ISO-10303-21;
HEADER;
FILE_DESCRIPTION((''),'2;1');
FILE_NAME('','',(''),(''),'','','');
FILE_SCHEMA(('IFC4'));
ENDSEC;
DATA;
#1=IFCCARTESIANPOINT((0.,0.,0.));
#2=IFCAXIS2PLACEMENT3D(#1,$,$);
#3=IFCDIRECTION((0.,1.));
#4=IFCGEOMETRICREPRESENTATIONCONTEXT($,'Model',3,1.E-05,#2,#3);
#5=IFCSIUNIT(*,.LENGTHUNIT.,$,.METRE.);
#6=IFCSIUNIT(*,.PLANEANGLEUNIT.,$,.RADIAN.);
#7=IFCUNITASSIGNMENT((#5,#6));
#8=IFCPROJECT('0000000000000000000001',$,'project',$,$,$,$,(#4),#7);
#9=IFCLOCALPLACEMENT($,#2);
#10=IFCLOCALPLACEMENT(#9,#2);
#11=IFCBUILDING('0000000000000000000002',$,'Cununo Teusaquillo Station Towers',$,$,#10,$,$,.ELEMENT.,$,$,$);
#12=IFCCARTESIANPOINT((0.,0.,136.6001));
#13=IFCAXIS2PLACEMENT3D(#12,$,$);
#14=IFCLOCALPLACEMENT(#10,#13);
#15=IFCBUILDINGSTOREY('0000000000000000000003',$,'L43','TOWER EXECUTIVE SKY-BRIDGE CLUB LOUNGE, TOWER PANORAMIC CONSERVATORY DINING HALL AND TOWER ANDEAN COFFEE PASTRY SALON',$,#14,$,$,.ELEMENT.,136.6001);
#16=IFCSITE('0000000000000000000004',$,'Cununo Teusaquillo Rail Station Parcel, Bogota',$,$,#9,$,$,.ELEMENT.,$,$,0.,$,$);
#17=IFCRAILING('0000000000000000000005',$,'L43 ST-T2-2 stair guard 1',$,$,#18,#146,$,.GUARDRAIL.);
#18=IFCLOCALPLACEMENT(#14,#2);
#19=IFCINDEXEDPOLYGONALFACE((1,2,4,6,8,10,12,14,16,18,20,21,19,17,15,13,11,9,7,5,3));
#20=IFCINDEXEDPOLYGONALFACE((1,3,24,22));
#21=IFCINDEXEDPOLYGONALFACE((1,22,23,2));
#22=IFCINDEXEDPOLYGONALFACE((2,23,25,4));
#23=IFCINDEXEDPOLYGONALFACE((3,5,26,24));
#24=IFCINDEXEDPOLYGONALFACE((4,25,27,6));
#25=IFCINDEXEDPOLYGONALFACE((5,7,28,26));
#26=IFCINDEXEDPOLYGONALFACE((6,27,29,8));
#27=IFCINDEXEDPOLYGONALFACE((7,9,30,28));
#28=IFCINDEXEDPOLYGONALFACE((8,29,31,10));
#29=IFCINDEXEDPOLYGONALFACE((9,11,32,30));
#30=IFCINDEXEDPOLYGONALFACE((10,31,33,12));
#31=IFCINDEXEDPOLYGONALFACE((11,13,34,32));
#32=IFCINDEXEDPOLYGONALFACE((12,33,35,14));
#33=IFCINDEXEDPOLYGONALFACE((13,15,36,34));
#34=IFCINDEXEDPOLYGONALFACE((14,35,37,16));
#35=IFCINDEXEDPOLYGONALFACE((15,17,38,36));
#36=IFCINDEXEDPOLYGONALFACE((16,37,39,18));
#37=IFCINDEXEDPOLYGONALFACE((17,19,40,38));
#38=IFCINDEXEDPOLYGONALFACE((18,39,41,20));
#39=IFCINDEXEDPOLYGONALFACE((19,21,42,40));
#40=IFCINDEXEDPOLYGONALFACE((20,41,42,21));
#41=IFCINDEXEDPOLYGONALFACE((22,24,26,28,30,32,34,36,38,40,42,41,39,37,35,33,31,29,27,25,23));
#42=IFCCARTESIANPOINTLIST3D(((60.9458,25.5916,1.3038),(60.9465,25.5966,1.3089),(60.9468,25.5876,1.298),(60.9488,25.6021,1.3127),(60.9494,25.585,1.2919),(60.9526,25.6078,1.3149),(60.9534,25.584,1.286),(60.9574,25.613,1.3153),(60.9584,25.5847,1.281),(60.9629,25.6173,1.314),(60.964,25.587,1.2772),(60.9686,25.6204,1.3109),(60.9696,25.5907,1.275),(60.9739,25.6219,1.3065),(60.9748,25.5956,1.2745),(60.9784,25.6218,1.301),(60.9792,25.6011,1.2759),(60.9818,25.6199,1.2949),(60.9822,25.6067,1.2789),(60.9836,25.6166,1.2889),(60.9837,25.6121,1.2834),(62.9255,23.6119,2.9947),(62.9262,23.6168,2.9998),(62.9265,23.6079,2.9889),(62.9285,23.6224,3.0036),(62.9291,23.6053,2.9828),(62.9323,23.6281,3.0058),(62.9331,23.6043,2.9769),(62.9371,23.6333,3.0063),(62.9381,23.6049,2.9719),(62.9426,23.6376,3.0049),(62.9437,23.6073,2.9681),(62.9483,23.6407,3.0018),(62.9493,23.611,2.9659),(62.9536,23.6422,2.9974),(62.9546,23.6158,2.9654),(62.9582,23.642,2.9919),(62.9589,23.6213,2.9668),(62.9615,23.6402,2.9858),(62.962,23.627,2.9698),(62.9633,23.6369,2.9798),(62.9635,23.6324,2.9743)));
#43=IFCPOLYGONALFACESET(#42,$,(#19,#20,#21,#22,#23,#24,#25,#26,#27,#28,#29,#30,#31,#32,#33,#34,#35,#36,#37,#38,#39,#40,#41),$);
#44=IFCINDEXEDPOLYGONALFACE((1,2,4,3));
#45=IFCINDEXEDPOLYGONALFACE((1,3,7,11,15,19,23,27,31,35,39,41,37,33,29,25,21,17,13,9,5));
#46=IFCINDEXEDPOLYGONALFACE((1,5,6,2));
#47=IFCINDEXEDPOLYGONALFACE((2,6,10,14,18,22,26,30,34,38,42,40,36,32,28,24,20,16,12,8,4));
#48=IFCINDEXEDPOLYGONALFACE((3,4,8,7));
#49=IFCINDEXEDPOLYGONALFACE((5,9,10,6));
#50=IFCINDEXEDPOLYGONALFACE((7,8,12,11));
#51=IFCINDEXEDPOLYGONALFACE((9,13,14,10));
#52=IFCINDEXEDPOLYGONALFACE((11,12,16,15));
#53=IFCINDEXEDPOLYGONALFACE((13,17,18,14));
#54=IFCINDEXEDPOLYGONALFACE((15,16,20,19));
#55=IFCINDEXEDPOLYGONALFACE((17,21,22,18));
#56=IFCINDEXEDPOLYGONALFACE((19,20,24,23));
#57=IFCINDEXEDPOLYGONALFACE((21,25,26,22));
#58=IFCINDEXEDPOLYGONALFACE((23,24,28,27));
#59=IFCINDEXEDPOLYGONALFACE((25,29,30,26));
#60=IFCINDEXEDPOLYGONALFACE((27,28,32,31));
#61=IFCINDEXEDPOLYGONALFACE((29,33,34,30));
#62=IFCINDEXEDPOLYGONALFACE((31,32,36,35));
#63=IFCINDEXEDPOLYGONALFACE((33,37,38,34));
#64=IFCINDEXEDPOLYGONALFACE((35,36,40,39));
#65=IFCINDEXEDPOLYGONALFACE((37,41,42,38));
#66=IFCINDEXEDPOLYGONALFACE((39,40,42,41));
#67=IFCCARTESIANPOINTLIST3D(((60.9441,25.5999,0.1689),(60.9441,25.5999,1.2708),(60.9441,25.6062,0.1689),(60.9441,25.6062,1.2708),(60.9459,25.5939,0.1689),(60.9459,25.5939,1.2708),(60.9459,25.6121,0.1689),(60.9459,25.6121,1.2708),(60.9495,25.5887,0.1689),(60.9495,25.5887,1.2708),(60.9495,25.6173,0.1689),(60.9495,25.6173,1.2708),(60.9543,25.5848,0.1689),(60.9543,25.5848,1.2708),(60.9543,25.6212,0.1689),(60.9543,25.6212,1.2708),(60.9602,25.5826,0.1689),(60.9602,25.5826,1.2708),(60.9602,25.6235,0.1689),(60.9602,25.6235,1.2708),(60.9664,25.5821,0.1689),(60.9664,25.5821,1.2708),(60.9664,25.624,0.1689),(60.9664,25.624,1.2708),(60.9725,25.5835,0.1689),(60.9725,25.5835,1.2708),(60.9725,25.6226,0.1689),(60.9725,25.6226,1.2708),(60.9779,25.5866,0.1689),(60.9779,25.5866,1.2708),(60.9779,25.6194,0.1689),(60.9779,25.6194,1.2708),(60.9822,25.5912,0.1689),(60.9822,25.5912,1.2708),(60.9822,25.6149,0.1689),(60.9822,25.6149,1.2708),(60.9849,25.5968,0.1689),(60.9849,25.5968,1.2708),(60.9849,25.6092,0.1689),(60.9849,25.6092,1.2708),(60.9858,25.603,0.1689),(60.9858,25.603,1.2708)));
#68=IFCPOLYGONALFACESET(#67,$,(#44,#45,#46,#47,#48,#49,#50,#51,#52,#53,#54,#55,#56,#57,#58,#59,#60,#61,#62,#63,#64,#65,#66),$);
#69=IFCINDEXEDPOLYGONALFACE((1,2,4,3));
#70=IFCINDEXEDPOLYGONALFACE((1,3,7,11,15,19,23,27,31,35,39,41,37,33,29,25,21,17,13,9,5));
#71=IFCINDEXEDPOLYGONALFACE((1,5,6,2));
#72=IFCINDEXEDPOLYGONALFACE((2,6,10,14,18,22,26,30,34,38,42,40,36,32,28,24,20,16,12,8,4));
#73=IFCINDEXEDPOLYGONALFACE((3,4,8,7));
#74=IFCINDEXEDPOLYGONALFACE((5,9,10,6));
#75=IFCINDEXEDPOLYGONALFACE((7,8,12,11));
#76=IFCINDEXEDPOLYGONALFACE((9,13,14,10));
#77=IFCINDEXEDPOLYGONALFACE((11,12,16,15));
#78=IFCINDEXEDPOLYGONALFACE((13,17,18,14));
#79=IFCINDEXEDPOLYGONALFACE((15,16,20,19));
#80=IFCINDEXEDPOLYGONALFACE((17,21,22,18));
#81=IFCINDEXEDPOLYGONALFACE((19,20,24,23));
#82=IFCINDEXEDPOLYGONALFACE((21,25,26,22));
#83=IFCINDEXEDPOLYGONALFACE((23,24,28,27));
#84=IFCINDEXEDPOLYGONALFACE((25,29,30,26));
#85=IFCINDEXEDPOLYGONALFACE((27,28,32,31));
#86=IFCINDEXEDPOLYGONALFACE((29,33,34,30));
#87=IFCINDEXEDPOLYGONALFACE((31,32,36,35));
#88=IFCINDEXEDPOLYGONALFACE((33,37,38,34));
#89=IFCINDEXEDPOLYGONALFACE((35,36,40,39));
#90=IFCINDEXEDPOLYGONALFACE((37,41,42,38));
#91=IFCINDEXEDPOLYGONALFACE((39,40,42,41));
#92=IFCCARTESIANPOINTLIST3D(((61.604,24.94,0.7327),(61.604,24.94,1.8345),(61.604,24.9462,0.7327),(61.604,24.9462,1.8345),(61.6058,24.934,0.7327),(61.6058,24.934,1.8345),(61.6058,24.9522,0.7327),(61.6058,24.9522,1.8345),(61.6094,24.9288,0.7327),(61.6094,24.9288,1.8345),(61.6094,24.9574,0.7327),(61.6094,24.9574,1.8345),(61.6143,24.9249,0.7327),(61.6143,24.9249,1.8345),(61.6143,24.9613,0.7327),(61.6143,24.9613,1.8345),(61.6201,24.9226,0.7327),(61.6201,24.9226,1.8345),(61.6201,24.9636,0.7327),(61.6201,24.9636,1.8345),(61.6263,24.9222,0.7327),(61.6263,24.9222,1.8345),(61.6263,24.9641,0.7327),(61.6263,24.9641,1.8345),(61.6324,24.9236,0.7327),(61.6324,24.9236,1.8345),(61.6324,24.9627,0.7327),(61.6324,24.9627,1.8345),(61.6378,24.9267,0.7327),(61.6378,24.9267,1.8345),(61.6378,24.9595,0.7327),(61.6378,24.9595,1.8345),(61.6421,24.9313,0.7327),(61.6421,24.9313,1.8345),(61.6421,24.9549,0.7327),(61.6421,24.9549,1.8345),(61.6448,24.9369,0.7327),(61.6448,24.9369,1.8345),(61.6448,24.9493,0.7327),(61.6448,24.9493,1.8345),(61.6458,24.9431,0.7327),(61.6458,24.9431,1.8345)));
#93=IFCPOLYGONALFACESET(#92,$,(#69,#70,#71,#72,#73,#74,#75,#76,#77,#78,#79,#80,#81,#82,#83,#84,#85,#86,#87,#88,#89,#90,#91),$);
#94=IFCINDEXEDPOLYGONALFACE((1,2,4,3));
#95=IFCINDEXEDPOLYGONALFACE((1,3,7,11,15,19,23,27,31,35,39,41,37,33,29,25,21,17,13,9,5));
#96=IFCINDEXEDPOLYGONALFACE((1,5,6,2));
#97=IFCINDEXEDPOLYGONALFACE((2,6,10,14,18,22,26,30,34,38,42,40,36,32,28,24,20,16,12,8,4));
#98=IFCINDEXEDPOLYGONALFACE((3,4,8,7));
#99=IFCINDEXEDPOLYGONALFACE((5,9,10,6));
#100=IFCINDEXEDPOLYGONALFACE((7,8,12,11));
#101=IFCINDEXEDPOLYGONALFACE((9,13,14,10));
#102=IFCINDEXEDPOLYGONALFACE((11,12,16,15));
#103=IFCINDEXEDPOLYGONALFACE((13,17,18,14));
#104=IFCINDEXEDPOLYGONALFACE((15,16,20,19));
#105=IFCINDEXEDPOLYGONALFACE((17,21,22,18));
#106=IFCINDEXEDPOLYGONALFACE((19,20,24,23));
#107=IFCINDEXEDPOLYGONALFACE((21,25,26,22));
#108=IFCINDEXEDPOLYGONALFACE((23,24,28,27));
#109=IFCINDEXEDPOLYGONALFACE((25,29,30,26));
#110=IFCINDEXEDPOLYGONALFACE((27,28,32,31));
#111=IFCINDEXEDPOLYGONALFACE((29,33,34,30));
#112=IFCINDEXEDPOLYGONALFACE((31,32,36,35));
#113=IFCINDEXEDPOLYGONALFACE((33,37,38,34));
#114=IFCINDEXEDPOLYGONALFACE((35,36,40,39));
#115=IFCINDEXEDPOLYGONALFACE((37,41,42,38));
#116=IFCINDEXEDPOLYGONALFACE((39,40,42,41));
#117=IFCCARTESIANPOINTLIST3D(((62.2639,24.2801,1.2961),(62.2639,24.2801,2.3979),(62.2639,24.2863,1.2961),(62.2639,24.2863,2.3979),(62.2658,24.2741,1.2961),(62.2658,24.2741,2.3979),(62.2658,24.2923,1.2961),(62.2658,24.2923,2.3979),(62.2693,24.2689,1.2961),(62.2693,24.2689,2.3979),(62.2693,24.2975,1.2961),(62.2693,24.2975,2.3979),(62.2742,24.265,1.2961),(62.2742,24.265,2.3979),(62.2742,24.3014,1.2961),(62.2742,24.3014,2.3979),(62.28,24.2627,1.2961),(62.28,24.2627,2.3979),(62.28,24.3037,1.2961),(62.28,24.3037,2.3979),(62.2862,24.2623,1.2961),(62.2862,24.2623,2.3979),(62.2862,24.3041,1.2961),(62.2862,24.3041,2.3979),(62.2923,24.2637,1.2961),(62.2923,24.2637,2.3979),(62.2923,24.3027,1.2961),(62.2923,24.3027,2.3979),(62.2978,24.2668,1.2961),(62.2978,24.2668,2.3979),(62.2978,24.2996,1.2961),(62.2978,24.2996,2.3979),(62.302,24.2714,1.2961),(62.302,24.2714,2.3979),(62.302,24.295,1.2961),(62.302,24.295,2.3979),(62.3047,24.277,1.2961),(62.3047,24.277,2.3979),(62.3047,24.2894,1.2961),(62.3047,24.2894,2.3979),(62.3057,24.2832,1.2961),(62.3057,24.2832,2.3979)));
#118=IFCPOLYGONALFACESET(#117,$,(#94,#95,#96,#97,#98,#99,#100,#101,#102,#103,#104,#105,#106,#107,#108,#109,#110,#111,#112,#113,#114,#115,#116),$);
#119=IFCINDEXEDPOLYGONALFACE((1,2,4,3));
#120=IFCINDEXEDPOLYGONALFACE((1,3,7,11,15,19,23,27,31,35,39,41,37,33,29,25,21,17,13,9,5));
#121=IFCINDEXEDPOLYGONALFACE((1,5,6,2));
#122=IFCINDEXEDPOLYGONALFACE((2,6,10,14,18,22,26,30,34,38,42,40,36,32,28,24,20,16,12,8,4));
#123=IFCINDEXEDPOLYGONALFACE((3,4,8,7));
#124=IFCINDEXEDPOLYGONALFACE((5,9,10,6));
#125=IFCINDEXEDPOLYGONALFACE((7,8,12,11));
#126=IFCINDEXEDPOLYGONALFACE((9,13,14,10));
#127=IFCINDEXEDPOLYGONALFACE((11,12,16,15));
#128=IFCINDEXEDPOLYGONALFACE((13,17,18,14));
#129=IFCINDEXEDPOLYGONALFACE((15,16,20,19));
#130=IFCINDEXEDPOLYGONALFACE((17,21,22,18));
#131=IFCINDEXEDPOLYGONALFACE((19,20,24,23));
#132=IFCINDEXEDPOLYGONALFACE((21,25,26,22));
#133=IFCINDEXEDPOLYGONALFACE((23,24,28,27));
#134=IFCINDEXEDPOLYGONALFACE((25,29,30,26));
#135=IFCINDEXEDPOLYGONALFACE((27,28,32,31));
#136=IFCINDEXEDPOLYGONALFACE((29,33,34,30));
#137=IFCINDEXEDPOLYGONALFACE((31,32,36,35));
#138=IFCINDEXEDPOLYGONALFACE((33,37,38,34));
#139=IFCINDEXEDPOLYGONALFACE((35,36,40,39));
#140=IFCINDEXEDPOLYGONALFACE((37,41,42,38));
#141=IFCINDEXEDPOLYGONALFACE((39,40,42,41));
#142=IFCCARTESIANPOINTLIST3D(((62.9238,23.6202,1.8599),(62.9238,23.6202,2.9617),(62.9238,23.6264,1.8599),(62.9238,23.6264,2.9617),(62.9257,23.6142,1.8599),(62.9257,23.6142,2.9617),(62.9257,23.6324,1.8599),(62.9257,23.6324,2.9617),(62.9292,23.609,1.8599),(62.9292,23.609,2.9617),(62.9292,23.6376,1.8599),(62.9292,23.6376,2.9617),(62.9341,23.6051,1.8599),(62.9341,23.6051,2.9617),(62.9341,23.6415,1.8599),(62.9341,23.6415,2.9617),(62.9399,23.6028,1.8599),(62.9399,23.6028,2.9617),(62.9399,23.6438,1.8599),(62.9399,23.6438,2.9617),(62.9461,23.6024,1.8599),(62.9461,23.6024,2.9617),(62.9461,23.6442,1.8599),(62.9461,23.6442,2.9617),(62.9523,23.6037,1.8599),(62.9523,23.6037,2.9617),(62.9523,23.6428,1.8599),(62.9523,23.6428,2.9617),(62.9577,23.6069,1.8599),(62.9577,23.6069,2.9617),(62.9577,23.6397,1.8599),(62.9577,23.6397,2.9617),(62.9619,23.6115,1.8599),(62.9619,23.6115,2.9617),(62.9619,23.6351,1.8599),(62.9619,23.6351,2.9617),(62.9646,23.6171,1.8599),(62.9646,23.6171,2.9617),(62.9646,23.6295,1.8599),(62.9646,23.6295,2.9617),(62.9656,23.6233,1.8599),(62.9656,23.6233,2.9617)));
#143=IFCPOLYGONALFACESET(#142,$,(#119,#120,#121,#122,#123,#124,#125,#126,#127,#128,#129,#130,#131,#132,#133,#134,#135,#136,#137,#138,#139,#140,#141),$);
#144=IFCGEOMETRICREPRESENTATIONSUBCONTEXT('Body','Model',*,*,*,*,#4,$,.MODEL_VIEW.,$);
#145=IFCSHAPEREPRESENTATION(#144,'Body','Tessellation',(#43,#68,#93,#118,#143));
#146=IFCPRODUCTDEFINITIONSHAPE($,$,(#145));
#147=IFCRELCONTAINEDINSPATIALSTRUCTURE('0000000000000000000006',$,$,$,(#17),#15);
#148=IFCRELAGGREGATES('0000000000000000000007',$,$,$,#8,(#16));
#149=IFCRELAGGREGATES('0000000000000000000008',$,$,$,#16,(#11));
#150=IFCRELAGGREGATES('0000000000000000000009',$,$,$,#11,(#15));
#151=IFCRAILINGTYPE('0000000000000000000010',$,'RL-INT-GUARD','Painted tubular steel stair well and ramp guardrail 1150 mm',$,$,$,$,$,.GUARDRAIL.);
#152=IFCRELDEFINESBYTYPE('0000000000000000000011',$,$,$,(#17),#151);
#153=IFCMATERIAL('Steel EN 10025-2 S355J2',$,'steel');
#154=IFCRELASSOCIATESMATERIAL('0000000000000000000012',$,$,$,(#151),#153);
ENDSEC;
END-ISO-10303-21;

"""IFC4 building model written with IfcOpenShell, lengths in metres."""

from ifc_helpers import new_model, si_unit, direction, frame, origin, origin_2d, place, context, subcontext, project, spatial, circle, extrude, material, type_object, element, save


model = new_model("IFC4")

# Units and contexts
model_context = context("Model", 3, precision=1e-05, world=origin(), true_north=direction((0.0, 1.0)))
body_context = subcontext(model_context, "Body", "Model", "MODEL_VIEW")
ifc_project = project(units=[si_unit("LENGTHUNIT", "METRE"), si_unit("PLANEANGLEUNIT", "RADIAN")], contexts=[model_context])

# Site, building, storey
site_placement = place(None, origin())
site = spatial("IfcSite", under=ifc_project, at=site_placement, Name="Cununo Teusaquillo Rail Station Parcel, Bogota", CompositionType="ELEMENT", RefElevation=0.0)
building_placement = place(site_placement, origin())
building = spatial("IfcBuilding", under=site, at=building_placement, Name="Cununo Teusaquillo Station Towers", CompositionType="ELEMENT")
storey_placement = place(building_placement, frame((0.0, 0.0, 136.6001)))
storey = spatial("IfcBuildingStorey", under=building, at=storey_placement, Name="L43", Description="TOWER EXECUTIVE SKY-BRIDGE CLUB LOUNGE, TOWER PANORAMIC CONSERVATORY DINING HALL AND TOWER ANDEAN COFFEE PASTRY SALON", CompositionType="ELEMENT", Elevation=136.6001)

# Railing
ifc_material_1 = material(Name="Steel EN 10025-2 S355J2", Category="steel")
railing_type_1 = type_object("IfcRailingType", Name="RL-INT-GUARD", Description="Painted tubular steel stair well and ramp guardrail 1150 mm", PredefinedType="GUARDRAIL", material=ifc_material_1)
railing_1_placement = place(storey_placement, frame((60.9648, 25.603, 0.1689)))
element("IfcRailing", 1, at=railing_1_placement, inside=storey, type_object=railing_type_1, Name="L43 ST-T2-2 stair guard 1", PredefinedType="GUARDRAIL", context=body_context, shape_type="SweptSolid", body=[
    extrude(circle(Radius=0.0239, at=origin_2d()), frame((0.0, 0.0, 1.126), z_axis=(0.605282, -0.605282, 0.516979), x_axis=(0.707107, 0.707107, 0.0)), (0.0, 0.0, 1.0), 3.2708),
    extrude(circle(Radius=0.021, at=origin_2d()), origin(), (0.0, 0.0, 1.0), 1.1018),
    extrude(circle(Radius=0.021, at=origin_2d()), frame((0.6599, -0.6599, 0.5637)), (0.0, 0.0, 1.0), 1.1018),
    extrude(circle(Radius=0.021, at=origin_2d()), frame((1.3198, -1.3198, 1.1272)), (0.0, 0.0, 1.0), 1.1018),
    extrude(circle(Radius=0.021, at=origin_2d()), frame((1.9797, -1.9797, 1.6909)), (0.0, 0.0, 1.0), 1.1018),
])

save(model, "model.ifc")
